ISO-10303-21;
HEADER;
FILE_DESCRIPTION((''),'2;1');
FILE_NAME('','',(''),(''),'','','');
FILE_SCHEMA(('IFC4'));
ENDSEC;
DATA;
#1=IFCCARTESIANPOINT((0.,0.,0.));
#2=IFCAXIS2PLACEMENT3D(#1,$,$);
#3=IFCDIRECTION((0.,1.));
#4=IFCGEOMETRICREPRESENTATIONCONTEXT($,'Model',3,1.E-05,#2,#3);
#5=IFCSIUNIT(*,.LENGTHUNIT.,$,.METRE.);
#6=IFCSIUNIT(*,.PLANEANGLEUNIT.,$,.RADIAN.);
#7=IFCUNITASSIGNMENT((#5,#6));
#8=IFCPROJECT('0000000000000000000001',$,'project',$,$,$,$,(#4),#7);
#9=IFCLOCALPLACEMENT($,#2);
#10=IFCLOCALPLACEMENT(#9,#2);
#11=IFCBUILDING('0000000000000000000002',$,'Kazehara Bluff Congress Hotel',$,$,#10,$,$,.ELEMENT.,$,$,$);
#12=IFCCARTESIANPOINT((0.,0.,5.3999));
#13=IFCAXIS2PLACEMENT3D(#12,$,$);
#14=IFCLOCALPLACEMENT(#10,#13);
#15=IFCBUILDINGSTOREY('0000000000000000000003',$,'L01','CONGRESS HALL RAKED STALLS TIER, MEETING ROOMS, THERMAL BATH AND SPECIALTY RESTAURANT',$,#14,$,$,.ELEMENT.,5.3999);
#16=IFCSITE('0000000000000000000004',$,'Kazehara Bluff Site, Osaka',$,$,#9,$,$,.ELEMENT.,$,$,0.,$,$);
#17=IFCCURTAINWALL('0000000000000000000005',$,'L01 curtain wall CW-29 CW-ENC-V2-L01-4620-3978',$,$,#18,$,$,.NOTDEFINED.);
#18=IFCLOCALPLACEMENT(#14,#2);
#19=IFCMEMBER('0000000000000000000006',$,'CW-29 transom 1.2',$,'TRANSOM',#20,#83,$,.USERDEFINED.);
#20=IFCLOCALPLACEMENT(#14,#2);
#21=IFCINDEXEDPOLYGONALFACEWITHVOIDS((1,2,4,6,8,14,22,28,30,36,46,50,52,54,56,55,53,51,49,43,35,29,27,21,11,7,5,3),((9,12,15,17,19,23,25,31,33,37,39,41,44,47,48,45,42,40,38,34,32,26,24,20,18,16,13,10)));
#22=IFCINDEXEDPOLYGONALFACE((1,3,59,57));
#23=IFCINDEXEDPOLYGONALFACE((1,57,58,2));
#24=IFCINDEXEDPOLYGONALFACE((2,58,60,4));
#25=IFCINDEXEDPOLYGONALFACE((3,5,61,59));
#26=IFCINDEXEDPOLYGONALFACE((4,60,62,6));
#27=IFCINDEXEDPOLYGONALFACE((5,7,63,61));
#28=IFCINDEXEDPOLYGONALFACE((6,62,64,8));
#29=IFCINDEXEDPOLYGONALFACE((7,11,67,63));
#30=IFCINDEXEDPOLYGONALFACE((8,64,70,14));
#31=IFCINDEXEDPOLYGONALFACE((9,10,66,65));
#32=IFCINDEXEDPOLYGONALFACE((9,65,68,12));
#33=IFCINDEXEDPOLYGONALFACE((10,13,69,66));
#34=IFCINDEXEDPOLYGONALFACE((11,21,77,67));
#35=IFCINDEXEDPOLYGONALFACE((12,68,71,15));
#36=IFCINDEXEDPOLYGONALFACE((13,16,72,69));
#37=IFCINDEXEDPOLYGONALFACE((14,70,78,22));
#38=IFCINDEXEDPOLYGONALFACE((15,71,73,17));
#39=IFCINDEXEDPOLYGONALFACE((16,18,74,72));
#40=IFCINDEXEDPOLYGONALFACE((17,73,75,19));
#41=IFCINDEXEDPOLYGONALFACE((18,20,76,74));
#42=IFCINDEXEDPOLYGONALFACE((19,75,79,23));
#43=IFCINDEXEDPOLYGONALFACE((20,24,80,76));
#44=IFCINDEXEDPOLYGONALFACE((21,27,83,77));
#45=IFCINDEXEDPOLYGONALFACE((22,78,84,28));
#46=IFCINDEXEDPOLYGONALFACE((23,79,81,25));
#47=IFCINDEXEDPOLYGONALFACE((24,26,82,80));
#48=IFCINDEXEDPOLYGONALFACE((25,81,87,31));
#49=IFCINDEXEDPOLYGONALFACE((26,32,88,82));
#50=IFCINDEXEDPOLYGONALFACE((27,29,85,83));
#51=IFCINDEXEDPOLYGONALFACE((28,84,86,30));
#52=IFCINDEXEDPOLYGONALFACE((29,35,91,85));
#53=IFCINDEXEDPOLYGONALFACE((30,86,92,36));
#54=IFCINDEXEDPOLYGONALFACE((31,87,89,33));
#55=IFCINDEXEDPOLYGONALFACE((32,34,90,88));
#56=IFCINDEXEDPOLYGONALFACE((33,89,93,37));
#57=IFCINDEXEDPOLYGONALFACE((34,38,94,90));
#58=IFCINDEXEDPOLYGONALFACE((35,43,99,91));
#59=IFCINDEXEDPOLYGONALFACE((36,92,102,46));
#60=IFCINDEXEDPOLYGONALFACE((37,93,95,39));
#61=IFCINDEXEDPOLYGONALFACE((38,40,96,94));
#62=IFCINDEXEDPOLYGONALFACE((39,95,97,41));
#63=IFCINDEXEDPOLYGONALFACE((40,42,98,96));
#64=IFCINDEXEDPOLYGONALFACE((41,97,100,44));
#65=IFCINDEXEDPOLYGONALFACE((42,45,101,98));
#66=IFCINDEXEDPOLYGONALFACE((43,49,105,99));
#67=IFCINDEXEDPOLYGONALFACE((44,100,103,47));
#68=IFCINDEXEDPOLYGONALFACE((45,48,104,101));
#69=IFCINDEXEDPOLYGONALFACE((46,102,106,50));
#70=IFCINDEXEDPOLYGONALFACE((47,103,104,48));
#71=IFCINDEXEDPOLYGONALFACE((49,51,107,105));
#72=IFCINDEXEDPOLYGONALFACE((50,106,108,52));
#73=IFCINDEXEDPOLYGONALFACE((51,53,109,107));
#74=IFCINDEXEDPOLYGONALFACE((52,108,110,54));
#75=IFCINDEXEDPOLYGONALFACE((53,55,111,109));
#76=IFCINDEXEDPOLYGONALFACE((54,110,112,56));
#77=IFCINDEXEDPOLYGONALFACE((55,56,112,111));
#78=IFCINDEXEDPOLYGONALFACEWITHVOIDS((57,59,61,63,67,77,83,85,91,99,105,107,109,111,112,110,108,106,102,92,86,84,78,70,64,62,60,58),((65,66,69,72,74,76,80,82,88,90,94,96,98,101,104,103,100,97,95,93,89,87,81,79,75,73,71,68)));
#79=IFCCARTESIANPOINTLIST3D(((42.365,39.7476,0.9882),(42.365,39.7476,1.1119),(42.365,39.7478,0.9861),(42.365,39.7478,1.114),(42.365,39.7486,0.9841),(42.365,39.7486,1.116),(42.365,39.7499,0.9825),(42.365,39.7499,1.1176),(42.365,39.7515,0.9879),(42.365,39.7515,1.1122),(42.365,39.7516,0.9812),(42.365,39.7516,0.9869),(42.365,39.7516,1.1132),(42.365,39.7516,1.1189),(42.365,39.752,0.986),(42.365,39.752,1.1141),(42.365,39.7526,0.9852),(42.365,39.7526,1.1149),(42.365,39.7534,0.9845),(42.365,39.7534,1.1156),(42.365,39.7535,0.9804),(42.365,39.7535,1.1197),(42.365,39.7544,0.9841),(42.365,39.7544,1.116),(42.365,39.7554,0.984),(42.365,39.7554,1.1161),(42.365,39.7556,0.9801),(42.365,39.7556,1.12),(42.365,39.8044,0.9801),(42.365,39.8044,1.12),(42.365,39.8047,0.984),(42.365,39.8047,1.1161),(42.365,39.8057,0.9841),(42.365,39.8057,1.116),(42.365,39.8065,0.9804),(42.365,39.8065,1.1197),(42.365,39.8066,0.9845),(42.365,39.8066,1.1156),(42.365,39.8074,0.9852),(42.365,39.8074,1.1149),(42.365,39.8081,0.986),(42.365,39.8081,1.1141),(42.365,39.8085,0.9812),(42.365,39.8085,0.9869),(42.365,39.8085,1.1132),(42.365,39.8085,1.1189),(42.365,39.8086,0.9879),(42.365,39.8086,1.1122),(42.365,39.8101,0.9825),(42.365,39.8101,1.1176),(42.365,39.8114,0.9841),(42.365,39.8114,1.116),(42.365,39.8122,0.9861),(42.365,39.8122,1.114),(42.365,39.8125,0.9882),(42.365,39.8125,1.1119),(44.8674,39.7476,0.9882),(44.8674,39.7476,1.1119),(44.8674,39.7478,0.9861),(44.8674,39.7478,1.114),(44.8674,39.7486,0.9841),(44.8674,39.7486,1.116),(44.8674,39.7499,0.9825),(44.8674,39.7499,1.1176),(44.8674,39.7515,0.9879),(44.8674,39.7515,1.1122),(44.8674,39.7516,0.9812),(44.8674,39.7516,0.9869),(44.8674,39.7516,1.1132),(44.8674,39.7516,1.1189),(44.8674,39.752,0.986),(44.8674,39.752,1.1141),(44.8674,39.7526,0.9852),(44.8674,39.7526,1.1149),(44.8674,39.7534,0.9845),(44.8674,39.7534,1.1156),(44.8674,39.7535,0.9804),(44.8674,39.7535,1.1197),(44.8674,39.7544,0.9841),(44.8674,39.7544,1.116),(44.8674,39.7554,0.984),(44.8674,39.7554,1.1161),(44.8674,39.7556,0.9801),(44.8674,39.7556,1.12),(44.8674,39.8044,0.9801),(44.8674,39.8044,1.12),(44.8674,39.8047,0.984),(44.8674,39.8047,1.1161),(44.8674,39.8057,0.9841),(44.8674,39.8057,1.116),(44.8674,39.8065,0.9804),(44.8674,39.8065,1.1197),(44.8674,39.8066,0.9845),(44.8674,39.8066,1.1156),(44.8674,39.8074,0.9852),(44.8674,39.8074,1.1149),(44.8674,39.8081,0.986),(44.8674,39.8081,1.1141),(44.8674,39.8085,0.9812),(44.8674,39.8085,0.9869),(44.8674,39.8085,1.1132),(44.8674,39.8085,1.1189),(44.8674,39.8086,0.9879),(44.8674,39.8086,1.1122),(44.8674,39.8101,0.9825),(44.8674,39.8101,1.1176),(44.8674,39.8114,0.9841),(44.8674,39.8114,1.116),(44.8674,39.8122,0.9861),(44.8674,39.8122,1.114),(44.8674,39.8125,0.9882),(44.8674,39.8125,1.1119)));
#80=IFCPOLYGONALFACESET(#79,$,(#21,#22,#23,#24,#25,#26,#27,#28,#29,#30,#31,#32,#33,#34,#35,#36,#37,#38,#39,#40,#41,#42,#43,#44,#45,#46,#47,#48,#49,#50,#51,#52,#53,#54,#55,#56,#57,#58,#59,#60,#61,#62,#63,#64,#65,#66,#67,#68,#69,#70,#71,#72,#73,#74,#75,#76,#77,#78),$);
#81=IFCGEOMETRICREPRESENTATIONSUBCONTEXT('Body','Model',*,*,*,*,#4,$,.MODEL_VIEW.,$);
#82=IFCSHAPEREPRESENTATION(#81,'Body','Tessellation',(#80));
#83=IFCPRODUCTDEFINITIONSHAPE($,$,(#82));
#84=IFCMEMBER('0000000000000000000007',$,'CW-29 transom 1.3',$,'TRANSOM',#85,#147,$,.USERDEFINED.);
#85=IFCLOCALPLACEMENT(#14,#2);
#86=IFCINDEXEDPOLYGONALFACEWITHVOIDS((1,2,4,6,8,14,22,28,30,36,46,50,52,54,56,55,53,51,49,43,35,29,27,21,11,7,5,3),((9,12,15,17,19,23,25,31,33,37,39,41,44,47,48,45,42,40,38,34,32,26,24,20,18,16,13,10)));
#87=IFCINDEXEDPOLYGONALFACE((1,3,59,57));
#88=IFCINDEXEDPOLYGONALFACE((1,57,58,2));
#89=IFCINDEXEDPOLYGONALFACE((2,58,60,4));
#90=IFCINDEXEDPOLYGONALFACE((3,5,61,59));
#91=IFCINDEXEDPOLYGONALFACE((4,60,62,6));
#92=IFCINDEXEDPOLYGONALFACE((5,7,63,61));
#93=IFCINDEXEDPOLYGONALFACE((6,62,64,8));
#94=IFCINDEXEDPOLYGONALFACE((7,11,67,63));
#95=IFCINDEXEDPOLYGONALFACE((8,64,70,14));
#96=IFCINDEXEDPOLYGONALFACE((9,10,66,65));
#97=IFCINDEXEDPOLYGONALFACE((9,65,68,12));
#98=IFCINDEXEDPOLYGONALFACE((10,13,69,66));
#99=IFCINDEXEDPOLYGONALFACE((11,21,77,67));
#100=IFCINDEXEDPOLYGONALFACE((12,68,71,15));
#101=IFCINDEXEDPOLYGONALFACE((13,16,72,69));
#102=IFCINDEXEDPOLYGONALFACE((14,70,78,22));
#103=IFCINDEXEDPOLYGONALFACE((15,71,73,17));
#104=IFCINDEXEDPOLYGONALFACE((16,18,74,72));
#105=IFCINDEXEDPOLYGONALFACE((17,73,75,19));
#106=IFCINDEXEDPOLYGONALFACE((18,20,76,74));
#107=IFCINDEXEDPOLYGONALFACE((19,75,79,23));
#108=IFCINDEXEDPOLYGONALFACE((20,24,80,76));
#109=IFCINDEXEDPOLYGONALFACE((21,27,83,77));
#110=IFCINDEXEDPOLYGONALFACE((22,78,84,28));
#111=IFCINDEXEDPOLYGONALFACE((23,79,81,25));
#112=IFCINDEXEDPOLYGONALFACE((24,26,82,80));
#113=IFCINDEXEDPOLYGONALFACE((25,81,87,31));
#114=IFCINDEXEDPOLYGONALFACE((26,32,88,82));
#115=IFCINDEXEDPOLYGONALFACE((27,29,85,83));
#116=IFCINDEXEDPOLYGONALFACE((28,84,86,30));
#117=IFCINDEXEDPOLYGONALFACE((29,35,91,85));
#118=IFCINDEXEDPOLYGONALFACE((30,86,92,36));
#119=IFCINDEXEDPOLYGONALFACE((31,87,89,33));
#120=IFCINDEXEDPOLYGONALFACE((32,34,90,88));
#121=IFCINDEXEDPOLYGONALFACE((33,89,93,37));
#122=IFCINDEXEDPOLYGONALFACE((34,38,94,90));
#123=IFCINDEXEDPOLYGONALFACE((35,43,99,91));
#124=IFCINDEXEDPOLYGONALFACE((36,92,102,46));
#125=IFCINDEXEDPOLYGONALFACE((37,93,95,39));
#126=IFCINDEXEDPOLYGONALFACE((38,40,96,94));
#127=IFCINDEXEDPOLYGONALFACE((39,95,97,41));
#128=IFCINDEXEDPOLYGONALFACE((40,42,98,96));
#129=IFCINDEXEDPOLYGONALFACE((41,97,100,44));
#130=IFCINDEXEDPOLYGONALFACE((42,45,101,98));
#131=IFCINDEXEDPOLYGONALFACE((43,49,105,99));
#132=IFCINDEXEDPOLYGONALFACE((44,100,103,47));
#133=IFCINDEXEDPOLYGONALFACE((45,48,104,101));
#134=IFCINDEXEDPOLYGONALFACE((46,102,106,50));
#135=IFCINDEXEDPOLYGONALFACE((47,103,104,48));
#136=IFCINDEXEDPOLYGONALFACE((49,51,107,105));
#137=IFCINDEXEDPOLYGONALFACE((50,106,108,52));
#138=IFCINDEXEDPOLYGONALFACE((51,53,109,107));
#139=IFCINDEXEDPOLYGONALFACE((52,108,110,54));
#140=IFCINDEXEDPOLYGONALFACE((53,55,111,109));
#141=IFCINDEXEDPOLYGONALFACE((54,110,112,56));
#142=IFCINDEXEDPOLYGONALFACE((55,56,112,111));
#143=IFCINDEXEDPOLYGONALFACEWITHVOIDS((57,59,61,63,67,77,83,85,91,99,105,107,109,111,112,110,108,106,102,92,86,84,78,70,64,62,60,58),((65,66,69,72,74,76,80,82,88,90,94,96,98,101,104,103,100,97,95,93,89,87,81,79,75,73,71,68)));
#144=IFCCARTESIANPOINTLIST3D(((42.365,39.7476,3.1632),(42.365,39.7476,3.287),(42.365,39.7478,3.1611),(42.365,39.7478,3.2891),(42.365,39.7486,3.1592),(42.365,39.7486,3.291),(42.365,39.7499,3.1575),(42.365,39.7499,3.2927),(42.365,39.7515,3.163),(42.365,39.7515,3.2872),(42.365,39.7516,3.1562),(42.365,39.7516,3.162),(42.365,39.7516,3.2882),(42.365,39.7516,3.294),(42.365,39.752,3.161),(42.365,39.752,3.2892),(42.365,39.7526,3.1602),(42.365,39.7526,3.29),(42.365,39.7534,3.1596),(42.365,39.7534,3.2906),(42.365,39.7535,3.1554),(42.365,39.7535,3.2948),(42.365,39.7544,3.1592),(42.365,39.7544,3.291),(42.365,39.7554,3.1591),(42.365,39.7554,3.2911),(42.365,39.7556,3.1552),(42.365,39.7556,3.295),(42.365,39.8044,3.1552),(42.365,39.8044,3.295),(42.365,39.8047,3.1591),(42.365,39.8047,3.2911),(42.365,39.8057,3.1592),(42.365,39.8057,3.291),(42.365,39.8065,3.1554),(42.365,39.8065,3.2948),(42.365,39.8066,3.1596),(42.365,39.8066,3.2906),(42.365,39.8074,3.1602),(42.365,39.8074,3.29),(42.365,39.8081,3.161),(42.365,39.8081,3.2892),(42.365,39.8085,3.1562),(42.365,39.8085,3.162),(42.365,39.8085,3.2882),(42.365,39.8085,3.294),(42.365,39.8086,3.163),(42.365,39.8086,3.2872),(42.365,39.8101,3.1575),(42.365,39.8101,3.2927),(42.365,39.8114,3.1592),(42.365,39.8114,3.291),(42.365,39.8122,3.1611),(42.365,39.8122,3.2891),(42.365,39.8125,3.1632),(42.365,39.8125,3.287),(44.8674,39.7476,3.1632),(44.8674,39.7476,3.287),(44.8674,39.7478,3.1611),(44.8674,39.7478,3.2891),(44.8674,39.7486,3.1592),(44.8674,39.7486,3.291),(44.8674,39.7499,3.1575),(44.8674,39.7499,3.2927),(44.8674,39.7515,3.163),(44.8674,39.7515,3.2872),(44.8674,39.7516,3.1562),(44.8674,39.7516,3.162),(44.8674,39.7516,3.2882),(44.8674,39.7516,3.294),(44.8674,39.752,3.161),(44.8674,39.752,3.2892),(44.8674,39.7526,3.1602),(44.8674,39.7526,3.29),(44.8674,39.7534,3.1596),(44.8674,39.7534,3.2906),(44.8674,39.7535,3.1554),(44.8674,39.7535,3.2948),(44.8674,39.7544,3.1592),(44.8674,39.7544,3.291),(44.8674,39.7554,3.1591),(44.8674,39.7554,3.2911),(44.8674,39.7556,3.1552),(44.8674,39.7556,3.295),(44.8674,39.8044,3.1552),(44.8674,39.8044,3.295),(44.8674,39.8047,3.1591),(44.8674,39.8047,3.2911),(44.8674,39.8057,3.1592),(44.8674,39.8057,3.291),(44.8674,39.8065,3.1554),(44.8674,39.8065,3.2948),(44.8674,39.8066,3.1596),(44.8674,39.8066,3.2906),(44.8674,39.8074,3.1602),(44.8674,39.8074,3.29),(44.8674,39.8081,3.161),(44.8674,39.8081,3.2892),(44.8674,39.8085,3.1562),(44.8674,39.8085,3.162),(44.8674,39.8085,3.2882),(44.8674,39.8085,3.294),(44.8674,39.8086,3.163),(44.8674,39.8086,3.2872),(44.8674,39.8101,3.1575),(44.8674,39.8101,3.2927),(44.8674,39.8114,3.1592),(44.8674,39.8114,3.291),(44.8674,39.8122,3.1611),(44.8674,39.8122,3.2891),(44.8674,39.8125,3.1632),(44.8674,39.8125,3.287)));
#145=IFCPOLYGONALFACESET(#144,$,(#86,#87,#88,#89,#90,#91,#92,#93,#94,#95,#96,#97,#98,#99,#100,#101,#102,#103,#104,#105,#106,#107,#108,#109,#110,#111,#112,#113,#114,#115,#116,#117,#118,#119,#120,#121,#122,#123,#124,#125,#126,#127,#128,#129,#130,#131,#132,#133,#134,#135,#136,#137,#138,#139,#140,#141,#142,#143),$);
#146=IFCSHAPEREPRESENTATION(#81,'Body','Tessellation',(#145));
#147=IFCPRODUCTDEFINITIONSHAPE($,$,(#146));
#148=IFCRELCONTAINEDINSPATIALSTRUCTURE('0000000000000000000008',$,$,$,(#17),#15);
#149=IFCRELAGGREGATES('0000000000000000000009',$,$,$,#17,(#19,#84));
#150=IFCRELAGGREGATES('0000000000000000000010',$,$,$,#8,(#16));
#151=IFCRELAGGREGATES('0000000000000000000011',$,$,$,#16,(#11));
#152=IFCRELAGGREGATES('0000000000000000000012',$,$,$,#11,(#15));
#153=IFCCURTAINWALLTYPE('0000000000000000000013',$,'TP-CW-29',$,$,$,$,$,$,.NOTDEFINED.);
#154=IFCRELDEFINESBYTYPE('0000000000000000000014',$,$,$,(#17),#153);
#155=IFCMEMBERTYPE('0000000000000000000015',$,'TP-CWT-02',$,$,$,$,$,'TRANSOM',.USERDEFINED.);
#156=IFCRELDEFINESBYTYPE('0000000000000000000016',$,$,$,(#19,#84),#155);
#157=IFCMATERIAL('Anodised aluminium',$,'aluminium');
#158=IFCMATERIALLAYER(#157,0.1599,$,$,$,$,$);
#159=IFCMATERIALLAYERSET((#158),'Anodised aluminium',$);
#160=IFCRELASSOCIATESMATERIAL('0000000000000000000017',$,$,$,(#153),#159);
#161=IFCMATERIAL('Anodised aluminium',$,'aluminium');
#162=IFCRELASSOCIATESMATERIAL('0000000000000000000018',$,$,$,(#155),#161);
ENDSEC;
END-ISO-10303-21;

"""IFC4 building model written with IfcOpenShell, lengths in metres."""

from ifc_helpers import new_model, si_unit, direction, frame, origin, origin_2d, place, context, subcontext, project, spatial, hollow_rectangle, extrude, material, layer, layer_set, material_profile, profile_set, type_object, element, aggregate, save


model = new_model("IFC4")

# Units and contexts
model_context = context("Model", 3, precision=1e-05, world=origin(), true_north=direction((0.0, 1.0)))
body_context = subcontext(model_context, "Body", "Model", "MODEL_VIEW")
ifc_project = project(units=[si_unit("LENGTHUNIT", "METRE"), si_unit("PLANEANGLEUNIT", "RADIAN")], contexts=[model_context])

# Site, building, storey
site_placement = place(None, origin())
site = spatial("IfcSite", under=ifc_project, at=site_placement, Name="Kazehara Bluff Site, Osaka", CompositionType="ELEMENT", RefElevation=0.0)
building_placement = place(site_placement, origin())
building = spatial("IfcBuilding", under=site, at=building_placement, Name="Kazehara Bluff Congress Hotel", CompositionType="ELEMENT")
storey_placement = place(building_placement, frame((0.0, 0.0, 5.3999)))
storey = spatial("IfcBuildingStorey", under=building, at=storey_placement, Name="L01", Description="CONGRESS HALL RAKED STALLS TIER, MEETING ROOMS, THERMAL BATH AND SPECIALTY RESTAURANT", CompositionType="ELEMENT", Elevation=5.3999)

# Curtain wall
ifc_material_1 = material(Name="Anodised aluminium", Category="aluminium")
ifc_layer_1 = layer(ifc_material_1, 0.1599)
ifc_layer_set_1 = layer_set([ifc_layer_1], Name="Anodised aluminium")
curtain_wall_type = type_object("IfcCurtainWallType", Name="TP-CW-29", PredefinedType="NOTDEFINED", material=ifc_layer_set_1)
curtain_wall_1_placement = place(storey_placement, origin())
curtain_wall_1 = element("IfcCurtainWall", 1, at=curtain_wall_1_placement, inside=storey, type_object=curtain_wall_type, Name="L01 curtain wall CW-29 CW-ENC-V2-L01-4620-3978", PredefinedType="NOTDEFINED")

# Members
ifc_material_2 = material(Name="Anodised aluminium", Category="aluminium")
ifc_material_profile_1 = material_profile(ifc_material_2, hollow_rectangle(XDim=0.0649, YDim=0.1399, WallThickness=0.0039, InnerFilletRadius=0.0039, OuterFilletRadius=0.0081, at=origin_2d()))
ifc_profile_set_1 = profile_set([ifc_material_profile_1], Name="Anodised aluminium")
member_type_1 = type_object("IfcMemberType", Name="TP-CWT-02", ElementType="TRANSOM", PredefinedType="USERDEFINED", material=ifc_profile_set_1)
member_1_placement = place(storey_placement, frame((42.365, 39.78, 1.05), z_axis=(1.0, 0.0, 0.0), x_axis=(0.0, 1.0, 0.0)))
member_1 = element("IfcMember", 2, at=member_1_placement, type_object=member_type_1, Name="CW-29 transom 1.2", ObjectType="TRANSOM", PredefinedType="USERDEFINED", context=body_context, shape_type="SweptSolid", body=[
    extrude(hollow_rectangle(XDim=0.0649, YDim=0.1399, WallThickness=0.0039, InnerFilletRadius=0.0039, OuterFilletRadius=0.0081, at=origin_2d()), origin(), (0.0, 0.0, 1.0), 2.5024),
])
member_2_placement = place(storey_placement, frame((42.365, 39.78, 3.2251), z_axis=(1.0, 0.0, 0.0), x_axis=(0.0, 1.0, 0.0)))
member_2 = element("IfcMember", 3, at=member_2_placement, type_object=member_type_1, Name="CW-29 transom 1.3", ObjectType="TRANSOM", PredefinedType="USERDEFINED", context=body_context, shape_type="SweptSolid", body=[
    extrude(hollow_rectangle(XDim=0.0649, YDim=0.1399, WallThickness=0.0039, InnerFilletRadius=0.0039, OuterFilletRadius=0.0081, at=origin_2d()), origin(), (0.0, 0.0, 1.0), 2.5024),
])

aggregate(curtain_wall_1, [member_1, member_2])

save(model, "model.ifc")
